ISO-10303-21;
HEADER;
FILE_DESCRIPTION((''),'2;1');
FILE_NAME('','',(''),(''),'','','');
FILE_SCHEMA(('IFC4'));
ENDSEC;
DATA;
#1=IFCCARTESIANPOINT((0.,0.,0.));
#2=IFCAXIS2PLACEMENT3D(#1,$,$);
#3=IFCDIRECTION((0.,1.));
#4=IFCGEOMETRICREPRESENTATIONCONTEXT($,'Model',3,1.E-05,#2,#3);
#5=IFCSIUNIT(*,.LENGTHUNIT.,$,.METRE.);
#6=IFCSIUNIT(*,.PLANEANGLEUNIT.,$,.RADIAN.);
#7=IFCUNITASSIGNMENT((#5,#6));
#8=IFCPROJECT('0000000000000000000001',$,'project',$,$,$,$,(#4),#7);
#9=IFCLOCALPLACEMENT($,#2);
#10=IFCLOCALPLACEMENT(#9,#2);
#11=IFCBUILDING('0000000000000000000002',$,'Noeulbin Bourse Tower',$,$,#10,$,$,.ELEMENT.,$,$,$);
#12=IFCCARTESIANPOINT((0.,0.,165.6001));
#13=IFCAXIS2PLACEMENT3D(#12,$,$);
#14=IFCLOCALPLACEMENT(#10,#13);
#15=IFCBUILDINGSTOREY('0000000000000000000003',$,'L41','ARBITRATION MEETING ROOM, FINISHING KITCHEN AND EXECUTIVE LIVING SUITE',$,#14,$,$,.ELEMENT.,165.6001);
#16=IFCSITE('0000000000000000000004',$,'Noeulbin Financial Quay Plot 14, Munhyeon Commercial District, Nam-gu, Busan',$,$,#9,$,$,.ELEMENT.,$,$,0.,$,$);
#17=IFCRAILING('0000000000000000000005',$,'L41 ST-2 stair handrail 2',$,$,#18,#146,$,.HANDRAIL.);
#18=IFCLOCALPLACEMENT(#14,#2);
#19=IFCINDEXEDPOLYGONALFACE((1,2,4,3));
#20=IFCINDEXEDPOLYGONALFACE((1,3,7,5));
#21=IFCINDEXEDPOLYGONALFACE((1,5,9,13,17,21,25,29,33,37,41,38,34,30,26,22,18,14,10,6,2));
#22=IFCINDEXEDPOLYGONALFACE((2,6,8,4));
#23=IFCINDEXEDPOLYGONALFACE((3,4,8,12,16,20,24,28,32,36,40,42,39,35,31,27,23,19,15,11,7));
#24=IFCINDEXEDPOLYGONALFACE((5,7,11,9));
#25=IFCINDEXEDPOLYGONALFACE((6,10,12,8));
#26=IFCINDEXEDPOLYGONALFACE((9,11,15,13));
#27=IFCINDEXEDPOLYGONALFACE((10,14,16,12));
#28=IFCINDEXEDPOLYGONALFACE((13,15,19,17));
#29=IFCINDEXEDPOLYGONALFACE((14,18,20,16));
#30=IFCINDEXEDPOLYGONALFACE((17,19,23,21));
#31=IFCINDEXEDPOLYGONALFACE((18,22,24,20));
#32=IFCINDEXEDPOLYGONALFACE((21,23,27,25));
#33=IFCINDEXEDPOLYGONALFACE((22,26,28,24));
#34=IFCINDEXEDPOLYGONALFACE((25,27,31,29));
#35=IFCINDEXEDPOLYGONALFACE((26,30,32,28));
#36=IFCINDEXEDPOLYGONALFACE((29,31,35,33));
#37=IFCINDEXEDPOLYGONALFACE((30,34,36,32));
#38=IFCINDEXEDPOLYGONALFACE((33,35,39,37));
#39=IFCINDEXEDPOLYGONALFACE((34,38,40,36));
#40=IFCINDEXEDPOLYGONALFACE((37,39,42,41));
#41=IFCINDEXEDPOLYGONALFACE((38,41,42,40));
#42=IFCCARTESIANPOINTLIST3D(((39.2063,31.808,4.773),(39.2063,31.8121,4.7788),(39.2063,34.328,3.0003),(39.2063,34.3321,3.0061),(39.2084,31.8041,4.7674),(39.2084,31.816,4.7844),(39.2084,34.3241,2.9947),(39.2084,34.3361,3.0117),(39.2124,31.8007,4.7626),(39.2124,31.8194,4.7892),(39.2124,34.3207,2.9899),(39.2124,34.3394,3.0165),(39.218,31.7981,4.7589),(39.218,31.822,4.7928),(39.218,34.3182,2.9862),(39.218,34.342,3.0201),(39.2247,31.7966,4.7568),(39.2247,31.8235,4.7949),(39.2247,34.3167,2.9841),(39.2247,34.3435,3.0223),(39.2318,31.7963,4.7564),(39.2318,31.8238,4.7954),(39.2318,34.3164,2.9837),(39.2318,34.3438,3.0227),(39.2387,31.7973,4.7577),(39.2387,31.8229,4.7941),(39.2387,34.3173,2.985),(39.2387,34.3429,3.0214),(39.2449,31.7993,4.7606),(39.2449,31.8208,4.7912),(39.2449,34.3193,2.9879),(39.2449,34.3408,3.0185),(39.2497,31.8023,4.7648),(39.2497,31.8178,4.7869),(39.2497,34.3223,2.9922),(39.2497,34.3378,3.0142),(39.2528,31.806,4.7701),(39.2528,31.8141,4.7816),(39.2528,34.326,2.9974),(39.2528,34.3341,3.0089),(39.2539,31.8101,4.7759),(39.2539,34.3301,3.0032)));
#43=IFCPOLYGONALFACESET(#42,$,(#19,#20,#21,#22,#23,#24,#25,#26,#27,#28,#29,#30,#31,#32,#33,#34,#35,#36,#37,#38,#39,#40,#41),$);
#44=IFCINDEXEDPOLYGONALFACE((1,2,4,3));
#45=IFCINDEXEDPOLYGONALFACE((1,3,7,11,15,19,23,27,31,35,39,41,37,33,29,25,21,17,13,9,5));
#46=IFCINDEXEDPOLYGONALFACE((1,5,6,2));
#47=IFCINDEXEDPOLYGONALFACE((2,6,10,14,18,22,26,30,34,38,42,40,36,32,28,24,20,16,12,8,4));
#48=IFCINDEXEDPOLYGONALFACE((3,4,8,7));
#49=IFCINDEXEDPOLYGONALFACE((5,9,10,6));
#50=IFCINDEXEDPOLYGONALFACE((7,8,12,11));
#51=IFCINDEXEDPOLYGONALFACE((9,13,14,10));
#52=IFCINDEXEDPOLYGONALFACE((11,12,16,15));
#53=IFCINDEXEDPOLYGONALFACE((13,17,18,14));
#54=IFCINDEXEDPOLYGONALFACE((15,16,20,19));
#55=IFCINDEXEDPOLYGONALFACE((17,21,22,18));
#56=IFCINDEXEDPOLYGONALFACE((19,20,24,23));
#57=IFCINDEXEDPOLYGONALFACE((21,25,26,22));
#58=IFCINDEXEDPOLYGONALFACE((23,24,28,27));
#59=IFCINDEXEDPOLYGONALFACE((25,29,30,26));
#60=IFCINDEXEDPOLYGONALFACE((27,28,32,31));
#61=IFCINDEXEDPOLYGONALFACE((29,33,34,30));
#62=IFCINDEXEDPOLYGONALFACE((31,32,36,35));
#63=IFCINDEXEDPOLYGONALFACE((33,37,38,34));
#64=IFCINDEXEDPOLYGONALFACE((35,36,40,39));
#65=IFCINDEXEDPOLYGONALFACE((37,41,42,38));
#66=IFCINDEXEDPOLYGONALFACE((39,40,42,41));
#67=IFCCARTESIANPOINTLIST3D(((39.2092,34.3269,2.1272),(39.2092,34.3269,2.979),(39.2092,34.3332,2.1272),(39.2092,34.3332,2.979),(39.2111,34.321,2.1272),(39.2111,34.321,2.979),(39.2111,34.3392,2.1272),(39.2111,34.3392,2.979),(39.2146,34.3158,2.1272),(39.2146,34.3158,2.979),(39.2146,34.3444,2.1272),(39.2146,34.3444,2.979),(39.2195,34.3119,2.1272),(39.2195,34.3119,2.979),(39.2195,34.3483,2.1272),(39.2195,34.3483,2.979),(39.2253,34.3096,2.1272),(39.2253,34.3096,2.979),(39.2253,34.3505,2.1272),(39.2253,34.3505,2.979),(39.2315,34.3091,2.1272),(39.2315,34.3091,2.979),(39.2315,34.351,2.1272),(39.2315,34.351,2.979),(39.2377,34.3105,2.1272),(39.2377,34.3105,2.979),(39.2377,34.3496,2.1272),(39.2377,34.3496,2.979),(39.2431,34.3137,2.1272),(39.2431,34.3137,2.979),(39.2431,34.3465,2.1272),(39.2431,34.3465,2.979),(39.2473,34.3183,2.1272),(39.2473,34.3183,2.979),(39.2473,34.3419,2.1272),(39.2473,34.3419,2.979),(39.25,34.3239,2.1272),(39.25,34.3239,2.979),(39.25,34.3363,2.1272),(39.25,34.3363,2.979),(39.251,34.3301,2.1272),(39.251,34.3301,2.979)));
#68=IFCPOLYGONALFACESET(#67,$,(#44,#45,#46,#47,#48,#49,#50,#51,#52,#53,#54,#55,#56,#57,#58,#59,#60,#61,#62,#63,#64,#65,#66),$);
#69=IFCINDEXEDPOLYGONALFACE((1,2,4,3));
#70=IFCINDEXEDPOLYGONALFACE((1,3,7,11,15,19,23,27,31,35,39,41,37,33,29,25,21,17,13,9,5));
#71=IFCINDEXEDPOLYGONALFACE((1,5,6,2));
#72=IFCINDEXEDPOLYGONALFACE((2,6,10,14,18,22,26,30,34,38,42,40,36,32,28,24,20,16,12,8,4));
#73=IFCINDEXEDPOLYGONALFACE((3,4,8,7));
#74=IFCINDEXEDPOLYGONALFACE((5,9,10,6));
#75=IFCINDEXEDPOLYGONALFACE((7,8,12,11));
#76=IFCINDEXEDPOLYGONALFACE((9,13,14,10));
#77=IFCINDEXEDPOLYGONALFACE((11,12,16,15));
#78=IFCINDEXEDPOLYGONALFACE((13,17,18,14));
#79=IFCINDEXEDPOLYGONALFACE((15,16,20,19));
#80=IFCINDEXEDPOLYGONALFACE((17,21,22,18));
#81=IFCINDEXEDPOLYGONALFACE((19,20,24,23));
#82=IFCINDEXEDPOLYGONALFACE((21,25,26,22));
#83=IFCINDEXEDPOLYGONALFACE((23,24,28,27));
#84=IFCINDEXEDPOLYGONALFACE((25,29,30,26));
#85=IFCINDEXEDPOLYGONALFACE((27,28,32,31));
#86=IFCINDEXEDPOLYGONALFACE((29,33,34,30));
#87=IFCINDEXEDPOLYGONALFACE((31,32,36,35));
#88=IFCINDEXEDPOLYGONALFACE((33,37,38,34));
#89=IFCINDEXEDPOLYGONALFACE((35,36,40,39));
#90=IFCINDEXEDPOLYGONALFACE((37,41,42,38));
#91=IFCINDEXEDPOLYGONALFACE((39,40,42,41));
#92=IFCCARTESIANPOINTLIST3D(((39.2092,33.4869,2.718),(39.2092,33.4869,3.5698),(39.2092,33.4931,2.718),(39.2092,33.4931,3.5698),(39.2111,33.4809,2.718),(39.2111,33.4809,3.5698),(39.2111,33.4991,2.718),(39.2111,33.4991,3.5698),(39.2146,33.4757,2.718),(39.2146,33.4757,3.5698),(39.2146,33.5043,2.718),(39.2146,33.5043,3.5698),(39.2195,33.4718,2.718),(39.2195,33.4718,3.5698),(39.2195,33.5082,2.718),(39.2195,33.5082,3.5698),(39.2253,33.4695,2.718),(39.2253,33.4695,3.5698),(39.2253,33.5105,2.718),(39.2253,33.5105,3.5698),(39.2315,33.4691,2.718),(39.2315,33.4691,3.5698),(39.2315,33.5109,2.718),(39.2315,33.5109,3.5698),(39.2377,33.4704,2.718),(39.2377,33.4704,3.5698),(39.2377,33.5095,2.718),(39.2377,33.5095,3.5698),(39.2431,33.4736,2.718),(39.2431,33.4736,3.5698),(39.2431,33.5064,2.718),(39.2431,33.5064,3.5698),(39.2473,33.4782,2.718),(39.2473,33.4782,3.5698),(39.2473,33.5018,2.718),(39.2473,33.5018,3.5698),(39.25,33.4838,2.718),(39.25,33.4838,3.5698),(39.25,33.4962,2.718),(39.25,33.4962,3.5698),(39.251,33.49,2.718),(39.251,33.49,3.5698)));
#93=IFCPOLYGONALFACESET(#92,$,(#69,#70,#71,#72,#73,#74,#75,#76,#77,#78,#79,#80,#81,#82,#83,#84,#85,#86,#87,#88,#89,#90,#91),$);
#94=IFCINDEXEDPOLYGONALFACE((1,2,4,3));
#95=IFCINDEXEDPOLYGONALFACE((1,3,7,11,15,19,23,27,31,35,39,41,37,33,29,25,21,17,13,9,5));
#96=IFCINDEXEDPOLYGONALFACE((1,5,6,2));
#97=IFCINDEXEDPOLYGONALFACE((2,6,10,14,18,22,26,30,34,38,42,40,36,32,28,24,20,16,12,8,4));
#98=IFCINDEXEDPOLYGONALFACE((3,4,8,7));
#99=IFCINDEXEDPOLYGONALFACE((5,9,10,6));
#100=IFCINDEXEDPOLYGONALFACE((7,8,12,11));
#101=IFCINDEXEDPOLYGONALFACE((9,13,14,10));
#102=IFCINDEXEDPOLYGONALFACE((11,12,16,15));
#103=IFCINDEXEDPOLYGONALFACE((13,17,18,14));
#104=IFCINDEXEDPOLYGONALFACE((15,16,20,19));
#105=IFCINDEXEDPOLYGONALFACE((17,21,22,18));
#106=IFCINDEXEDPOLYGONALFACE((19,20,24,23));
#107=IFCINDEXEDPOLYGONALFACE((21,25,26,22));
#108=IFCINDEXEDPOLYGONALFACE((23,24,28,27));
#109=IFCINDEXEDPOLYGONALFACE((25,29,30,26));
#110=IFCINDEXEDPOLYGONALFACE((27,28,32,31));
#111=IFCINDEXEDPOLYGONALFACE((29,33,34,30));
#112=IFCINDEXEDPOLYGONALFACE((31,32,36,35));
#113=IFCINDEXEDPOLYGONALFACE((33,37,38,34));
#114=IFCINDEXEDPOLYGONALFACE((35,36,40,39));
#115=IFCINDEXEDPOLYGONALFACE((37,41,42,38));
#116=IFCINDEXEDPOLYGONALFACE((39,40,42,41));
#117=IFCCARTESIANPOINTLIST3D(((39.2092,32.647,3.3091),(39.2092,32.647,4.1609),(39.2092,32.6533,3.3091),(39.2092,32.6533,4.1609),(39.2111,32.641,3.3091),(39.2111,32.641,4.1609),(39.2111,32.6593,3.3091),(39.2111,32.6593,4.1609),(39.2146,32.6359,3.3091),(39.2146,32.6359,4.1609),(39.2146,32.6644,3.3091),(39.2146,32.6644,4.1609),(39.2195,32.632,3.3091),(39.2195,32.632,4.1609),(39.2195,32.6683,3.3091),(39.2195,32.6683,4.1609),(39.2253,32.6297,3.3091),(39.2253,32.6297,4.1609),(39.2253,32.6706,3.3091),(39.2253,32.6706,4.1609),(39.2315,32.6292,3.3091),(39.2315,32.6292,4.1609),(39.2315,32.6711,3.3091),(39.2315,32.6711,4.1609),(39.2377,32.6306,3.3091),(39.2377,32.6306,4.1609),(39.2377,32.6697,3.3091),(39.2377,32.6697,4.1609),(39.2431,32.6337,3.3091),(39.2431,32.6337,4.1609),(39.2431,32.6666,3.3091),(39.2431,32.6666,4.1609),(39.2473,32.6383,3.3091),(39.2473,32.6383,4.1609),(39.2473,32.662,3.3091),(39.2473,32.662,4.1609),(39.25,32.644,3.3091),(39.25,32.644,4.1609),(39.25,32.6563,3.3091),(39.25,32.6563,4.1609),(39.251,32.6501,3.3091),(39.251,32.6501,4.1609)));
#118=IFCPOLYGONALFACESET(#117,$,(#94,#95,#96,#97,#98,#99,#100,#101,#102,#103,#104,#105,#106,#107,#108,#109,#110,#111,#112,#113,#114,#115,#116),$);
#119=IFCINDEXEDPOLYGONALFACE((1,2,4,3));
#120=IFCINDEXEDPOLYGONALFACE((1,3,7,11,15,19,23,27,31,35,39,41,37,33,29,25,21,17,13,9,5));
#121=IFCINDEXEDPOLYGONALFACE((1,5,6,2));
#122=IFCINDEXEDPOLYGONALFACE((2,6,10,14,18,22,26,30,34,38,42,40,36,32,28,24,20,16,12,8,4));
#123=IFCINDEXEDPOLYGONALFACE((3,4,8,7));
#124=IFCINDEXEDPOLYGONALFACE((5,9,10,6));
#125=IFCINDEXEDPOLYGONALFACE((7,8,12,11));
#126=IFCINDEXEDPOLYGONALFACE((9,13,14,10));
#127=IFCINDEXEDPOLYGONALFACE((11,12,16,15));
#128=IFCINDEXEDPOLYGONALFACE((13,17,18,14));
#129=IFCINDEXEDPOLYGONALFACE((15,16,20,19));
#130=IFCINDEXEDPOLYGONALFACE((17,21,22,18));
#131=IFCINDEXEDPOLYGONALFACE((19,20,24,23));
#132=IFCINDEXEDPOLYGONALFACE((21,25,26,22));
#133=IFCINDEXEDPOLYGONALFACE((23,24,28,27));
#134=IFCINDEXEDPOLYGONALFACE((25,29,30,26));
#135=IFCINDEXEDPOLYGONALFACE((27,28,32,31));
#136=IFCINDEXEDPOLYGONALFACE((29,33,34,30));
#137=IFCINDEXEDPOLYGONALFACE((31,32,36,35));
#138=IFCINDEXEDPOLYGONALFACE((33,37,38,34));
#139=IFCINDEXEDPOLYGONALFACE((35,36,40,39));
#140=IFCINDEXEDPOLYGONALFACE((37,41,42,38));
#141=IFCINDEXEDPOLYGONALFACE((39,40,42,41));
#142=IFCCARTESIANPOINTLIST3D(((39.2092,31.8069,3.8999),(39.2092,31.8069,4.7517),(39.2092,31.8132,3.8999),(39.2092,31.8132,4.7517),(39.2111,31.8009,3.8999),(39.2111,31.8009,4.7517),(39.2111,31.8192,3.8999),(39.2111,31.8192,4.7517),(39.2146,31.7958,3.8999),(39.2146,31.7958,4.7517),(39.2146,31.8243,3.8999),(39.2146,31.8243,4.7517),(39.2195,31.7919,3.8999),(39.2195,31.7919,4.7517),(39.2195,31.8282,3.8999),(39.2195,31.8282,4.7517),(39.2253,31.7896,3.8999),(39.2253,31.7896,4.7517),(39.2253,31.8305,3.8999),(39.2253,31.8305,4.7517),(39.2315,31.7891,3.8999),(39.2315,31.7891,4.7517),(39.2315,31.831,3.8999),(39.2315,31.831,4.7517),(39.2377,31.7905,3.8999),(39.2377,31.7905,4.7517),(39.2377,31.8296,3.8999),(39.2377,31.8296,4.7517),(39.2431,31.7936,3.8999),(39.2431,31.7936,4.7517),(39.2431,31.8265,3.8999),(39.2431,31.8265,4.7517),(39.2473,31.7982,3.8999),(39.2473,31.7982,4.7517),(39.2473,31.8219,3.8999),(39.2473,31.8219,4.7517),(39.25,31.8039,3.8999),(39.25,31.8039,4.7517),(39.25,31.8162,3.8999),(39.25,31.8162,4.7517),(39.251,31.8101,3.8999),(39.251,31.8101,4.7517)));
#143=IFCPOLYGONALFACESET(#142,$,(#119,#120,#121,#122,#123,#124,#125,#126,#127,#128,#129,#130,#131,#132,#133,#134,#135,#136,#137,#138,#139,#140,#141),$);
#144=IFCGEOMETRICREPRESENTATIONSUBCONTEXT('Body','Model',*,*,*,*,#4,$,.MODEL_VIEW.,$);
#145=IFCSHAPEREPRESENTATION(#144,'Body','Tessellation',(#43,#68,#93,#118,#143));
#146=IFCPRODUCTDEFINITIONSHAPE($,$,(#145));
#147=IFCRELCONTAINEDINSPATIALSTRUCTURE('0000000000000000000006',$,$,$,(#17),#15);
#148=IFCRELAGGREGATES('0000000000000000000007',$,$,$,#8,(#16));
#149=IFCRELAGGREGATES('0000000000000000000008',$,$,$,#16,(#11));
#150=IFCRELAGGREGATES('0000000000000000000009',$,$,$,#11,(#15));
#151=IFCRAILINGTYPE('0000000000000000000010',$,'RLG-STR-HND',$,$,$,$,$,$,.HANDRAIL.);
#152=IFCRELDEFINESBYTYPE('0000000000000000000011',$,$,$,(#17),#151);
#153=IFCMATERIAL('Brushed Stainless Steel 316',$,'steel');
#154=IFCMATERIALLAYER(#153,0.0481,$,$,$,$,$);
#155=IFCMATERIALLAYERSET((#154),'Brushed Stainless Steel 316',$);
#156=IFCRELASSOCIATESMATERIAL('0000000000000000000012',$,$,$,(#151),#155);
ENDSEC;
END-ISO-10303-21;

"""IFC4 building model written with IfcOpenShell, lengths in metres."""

from ifc_helpers import new_model, si_unit, direction, frame, origin, origin_2d, place, context, subcontext, project, spatial, circle, extrude, material, layer, layer_set, type_object, element, save


model = new_model("IFC4")

# Units and contexts
model_context = context("Model", 3, precision=1e-05, world=origin(), true_north=direction((0.0, 1.0)))
body_context = subcontext(model_context, "Body", "Model", "MODEL_VIEW")
ifc_project = project(units=[si_unit("LENGTHUNIT", "METRE"), si_unit("PLANEANGLEUNIT", "RADIAN")], contexts=[model_context])

# Site, building, storey
site_placement = place(None, origin())
site = spatial("IfcSite", under=ifc_project, at=site_placement, Name="Noeulbin Financial Quay Plot 14, Munhyeon Commercial District, Nam-gu, Busan", CompositionType="ELEMENT", RefElevation=0.0)
building_placement = place(site_placement, origin())
building = spatial("IfcBuilding", under=site, at=building_placement, Name="Noeulbin Bourse Tower", CompositionType="ELEMENT")
storey_placement = place(building_placement, frame((0.0, 0.0, 165.6001)))
storey = spatial("IfcBuildingStorey", under=building, at=storey_placement, Name="L41", Description="ARBITRATION MEETING ROOM, FINISHING KITCHEN AND EXECUTIVE LIVING SUITE", CompositionType="ELEMENT", Elevation=165.6001)

# Shared definitions
ifc_material_1 = material(Name="Brushed Stainless Steel 316", Category="steel")

# Railing
ifc_layer_1 = layer(ifc_material_1, 0.0481)
ifc_layer_set_1 = layer_set([ifc_layer_1], Name="Brushed Stainless Steel 316")
railing_type_1 = type_object("IfcRailingType", Name="RLG-STR-HND", PredefinedType="HANDRAIL", material=ifc_layer_set_1)
railing_1_placement = place(storey_placement, frame((39.23, 34.3301, 2.1272)))
element("IfcRailing", 1, at=railing_1_placement, inside=storey, type_object=railing_type_1, Name="L41 ST-2 stair handrail 2", PredefinedType="HANDRAIL", context=body_context, shape_type="SweptSolid", body=[
    extrude(circle(Radius=0.0239, at=origin_2d()), frame((0.0, 0.0, 0.876), z_axis=(0.0, -0.817904, 0.575354), x_axis=(1.0, 0.0, 0.0)), (0.0, 0.0, 1.0), 3.0811),
    extrude(circle(Radius=0.021, at=origin_2d()), origin(), (0.0, 0.0, 1.0), 0.8518),
    extrude(circle(Radius=0.021, at=origin_2d()), frame((0.0, -0.8401, 0.5908)), (0.0, 0.0, 1.0), 0.8518),
    extrude(circle(Radius=0.021, at=origin_2d()), frame((0.0, -1.6799, 1.1819)), (0.0, 0.0, 1.0), 0.8518),
    extrude(circle(Radius=0.021, at=origin_2d()), frame((0.0, -2.52, 1.7727)), (0.0, 0.0, 1.0), 0.8518),
])

save(model, "model.ifc")
